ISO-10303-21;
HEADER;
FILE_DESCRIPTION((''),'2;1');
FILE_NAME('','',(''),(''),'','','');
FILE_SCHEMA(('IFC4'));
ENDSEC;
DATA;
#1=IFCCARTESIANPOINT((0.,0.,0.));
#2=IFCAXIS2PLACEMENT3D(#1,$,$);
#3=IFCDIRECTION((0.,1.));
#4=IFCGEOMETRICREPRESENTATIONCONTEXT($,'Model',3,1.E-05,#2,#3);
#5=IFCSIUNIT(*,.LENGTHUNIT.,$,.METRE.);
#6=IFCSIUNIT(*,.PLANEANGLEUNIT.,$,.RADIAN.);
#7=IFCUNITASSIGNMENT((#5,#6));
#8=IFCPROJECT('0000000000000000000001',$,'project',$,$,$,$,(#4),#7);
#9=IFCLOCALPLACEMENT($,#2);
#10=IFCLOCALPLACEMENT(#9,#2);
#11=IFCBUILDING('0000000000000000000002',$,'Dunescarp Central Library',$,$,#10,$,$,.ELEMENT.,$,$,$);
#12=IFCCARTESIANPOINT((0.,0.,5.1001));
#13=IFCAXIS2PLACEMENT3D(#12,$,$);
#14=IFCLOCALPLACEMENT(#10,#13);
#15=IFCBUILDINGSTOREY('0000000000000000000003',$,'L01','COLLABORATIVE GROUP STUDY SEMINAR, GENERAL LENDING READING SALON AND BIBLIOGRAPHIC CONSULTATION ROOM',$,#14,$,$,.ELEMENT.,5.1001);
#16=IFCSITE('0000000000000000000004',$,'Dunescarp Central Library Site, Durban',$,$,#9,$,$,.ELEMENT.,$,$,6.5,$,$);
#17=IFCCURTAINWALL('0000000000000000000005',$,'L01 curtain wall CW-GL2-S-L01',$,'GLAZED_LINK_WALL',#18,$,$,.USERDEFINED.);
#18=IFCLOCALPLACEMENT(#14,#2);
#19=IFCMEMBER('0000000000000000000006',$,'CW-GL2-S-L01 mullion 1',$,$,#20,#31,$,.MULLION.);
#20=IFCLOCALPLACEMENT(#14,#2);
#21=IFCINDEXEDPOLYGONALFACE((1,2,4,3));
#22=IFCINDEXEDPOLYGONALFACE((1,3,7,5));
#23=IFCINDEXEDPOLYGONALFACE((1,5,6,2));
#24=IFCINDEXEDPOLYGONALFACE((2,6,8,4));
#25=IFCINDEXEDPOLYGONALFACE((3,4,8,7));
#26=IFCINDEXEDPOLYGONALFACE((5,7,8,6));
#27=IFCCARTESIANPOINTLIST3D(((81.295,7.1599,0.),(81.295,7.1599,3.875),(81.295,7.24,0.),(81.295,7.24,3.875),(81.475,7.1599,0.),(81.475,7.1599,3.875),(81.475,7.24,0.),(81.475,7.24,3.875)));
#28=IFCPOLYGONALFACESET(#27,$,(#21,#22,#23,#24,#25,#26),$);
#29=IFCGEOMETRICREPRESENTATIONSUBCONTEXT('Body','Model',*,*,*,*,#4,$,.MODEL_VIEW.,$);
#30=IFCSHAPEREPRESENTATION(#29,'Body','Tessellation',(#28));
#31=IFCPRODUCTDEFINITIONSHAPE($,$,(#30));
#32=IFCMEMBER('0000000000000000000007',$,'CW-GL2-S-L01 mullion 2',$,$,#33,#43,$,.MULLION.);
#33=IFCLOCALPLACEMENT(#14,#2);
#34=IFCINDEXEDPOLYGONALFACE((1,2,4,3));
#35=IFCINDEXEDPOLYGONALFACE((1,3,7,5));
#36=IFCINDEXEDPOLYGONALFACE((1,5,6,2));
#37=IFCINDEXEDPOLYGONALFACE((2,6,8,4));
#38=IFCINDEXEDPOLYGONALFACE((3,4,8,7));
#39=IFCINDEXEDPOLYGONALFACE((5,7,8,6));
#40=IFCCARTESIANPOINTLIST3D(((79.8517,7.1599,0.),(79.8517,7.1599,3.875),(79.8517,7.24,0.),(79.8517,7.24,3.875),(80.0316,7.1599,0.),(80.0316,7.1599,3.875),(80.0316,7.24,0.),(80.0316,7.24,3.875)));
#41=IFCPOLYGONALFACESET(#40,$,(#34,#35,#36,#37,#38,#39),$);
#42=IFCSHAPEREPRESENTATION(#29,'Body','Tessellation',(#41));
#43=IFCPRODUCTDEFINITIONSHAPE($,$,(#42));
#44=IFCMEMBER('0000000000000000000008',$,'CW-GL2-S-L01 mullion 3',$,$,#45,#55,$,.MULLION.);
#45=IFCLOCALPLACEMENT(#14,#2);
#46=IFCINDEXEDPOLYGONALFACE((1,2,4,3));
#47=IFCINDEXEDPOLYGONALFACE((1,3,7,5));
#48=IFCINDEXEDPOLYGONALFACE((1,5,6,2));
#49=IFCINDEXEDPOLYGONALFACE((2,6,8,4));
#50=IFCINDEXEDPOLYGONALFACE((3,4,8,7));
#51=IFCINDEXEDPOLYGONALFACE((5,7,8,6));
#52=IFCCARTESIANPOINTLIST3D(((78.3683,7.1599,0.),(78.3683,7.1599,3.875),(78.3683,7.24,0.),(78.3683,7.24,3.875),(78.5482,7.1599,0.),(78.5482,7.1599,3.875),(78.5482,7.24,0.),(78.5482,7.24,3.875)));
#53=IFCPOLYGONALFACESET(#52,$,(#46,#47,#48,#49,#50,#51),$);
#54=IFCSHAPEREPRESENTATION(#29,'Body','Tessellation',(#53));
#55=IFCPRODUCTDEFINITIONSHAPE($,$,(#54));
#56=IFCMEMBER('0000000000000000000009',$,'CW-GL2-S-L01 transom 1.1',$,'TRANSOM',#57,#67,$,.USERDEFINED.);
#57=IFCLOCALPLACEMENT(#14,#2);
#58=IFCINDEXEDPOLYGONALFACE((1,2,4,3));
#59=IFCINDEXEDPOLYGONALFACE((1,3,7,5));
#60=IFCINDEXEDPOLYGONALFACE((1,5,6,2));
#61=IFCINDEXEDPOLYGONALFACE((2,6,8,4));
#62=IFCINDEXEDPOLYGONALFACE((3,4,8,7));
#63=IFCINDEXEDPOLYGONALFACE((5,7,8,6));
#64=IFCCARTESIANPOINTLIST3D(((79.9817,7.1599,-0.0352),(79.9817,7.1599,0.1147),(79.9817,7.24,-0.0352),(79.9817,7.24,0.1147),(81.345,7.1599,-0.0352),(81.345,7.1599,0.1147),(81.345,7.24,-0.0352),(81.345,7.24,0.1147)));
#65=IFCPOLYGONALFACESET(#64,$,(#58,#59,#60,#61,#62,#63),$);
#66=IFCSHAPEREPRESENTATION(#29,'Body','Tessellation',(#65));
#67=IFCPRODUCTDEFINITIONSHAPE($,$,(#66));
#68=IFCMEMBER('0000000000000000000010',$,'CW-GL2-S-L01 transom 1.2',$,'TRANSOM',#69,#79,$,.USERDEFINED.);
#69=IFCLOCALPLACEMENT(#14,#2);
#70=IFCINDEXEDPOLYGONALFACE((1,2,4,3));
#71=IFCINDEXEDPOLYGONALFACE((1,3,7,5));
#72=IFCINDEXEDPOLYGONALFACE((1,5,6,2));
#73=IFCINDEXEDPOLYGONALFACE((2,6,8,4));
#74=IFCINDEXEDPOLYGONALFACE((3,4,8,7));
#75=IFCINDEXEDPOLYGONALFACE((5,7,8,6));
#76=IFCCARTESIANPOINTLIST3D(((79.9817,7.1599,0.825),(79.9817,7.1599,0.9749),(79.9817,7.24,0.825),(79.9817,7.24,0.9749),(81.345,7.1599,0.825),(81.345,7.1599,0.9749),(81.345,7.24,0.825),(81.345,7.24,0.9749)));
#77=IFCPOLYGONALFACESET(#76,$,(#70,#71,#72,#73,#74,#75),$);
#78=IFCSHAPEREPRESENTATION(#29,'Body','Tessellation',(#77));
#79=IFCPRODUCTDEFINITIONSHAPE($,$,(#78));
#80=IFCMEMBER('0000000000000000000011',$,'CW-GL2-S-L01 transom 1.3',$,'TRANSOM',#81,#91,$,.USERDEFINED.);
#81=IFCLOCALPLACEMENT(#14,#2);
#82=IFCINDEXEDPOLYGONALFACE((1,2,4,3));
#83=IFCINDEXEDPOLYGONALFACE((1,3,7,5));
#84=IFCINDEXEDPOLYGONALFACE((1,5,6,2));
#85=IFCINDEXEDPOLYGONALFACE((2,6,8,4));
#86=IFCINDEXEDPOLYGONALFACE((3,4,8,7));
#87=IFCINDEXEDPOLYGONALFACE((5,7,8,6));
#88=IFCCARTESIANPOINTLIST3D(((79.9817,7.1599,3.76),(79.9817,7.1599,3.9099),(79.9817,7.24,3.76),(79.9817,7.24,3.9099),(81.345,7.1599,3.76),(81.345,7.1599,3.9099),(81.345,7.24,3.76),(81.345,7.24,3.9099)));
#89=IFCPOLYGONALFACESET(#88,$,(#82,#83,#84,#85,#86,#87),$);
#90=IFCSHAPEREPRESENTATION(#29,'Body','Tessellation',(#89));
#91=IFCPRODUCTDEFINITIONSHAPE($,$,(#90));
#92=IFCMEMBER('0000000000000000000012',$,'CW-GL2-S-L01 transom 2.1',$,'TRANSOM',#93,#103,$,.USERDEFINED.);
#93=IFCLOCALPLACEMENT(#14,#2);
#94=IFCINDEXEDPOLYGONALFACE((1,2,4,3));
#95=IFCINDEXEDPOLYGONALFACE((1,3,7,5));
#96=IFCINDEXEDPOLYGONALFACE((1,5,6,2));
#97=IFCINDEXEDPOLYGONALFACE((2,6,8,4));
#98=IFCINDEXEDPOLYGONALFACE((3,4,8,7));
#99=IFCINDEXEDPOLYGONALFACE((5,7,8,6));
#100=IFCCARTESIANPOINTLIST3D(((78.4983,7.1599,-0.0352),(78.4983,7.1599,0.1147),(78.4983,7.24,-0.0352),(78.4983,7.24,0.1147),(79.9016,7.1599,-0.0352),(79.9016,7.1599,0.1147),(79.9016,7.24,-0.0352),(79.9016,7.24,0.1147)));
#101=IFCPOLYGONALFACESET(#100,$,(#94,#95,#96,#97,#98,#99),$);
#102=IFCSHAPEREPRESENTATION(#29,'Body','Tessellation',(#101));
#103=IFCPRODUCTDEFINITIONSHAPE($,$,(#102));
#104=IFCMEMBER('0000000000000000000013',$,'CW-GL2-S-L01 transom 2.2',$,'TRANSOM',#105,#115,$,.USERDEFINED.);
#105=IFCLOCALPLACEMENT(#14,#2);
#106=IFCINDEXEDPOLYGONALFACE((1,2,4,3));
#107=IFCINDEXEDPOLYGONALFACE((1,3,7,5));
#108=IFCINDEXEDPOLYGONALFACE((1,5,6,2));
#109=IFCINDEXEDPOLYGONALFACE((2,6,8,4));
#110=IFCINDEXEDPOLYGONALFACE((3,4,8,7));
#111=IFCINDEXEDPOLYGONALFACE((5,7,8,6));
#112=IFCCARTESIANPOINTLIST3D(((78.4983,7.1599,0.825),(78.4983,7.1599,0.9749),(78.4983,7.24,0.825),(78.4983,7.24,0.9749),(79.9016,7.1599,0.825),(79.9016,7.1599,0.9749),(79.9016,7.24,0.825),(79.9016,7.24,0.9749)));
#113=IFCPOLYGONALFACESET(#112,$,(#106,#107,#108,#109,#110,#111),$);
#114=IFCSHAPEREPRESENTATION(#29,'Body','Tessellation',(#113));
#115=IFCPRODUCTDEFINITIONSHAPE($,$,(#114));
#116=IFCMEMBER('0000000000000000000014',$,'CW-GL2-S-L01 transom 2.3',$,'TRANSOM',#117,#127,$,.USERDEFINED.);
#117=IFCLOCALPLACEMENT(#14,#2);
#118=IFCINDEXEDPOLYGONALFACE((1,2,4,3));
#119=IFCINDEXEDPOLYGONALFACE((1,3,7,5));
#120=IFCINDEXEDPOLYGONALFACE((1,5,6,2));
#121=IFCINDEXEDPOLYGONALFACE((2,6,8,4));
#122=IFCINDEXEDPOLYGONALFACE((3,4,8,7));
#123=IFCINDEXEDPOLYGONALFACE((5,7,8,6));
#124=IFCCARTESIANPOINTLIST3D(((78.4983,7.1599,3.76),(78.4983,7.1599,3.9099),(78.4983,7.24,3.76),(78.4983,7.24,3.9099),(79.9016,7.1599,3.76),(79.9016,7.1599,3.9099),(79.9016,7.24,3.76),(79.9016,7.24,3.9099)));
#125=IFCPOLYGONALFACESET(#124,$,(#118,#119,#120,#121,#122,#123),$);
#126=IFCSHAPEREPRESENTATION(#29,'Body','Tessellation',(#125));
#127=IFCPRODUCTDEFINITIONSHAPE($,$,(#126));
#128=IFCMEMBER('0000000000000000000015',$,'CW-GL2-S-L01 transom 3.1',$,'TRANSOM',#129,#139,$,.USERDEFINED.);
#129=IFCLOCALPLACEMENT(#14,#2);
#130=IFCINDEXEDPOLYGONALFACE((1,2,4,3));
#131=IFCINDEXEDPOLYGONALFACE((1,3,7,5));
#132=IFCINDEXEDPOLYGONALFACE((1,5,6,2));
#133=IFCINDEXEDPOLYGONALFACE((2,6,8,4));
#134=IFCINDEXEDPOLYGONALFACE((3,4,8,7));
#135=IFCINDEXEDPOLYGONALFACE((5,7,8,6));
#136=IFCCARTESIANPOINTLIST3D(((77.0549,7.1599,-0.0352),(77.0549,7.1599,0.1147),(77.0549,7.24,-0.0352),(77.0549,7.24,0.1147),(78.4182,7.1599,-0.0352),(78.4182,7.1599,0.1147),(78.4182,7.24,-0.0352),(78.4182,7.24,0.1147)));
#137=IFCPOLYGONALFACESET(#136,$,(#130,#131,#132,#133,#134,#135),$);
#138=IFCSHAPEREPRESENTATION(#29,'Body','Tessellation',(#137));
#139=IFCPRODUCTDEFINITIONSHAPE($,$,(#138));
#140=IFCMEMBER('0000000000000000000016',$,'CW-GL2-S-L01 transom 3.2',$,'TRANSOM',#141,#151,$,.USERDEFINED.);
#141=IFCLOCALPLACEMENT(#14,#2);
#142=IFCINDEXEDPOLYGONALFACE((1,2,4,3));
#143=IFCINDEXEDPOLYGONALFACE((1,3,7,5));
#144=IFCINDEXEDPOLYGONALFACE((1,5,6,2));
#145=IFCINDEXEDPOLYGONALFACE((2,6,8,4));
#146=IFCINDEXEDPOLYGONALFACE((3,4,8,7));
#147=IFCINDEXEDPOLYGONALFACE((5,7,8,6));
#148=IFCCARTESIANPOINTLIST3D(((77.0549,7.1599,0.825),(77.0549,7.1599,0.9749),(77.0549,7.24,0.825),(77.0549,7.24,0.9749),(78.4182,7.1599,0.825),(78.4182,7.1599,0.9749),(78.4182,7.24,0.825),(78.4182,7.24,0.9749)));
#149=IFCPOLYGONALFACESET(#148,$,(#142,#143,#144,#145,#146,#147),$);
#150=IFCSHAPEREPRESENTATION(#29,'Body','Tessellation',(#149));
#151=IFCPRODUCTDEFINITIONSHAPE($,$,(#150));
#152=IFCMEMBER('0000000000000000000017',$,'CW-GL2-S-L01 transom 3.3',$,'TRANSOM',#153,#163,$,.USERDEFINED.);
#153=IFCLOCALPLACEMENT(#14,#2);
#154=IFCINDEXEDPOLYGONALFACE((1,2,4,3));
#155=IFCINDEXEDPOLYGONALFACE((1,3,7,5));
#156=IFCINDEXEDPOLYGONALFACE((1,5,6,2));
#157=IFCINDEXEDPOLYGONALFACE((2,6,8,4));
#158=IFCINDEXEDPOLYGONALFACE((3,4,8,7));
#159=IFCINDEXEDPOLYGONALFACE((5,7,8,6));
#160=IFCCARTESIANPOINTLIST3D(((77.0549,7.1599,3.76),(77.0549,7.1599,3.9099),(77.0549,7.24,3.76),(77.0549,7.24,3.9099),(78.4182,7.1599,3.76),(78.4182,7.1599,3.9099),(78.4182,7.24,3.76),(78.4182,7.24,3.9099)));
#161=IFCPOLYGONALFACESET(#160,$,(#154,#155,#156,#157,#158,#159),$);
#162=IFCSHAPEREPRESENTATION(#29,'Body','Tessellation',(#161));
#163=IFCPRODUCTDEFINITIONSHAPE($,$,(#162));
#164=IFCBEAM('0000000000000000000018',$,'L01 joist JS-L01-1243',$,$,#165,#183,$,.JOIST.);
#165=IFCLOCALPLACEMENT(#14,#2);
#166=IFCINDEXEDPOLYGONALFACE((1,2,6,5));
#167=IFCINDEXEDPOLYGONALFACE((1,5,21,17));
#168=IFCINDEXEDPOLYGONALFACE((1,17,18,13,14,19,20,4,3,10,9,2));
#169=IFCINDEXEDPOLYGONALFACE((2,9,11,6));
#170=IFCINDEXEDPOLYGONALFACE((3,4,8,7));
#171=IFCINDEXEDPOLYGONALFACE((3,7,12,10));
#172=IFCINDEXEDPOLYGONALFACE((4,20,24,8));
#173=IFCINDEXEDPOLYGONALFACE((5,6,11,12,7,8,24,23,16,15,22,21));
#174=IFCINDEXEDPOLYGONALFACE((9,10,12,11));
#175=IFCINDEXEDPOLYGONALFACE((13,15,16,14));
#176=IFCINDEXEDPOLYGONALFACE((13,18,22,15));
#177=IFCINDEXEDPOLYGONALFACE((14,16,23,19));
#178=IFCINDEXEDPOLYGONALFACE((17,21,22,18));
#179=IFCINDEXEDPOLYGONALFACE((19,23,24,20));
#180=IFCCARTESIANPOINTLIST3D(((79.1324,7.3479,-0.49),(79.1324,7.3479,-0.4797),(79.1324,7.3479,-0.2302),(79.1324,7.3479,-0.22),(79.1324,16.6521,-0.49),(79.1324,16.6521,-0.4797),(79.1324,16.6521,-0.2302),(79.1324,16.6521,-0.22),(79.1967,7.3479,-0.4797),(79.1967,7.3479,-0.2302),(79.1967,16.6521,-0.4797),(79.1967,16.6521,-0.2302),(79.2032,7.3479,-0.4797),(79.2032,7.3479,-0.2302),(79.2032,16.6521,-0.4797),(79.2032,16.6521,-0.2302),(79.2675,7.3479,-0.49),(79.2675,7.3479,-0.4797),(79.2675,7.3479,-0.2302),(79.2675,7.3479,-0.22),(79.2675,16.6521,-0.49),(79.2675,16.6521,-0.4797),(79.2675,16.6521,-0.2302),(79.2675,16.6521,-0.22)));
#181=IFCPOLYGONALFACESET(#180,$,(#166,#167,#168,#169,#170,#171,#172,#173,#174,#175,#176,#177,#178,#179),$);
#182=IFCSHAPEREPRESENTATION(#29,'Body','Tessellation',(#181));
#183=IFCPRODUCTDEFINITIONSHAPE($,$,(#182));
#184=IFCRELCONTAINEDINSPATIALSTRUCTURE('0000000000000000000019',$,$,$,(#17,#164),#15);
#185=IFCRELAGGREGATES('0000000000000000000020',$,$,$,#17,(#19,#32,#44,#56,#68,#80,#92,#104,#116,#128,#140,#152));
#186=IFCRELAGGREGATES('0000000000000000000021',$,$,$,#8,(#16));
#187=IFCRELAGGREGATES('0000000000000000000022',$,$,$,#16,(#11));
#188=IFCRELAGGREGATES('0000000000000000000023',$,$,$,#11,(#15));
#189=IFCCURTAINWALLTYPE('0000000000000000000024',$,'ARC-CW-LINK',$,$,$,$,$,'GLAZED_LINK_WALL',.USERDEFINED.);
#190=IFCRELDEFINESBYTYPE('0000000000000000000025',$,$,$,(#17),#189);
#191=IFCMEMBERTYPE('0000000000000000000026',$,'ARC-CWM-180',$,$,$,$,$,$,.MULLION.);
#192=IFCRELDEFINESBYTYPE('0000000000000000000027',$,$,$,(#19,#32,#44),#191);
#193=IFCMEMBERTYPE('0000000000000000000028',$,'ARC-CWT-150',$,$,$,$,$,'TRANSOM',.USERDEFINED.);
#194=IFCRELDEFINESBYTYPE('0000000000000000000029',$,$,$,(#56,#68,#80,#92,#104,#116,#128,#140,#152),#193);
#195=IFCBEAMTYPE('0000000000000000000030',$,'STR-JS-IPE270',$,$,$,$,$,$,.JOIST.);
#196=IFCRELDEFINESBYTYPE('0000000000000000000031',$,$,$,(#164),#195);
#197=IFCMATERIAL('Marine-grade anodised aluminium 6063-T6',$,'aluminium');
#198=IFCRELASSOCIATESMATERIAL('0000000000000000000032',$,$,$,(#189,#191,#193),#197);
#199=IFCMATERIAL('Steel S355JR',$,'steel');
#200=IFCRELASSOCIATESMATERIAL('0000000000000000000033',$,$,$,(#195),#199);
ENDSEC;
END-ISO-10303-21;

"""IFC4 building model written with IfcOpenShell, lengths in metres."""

from ifc_helpers import new_model, si_unit, direction, frame, origin, origin_2d, place, context, subcontext, project, spatial, rectangle, i_section, extrude, material, material_profile, profile_set, type_object, element, aggregate, save


model = new_model("IFC4")

# Units and contexts
model_context = context("Model", 3, precision=1e-05, world=origin(), true_north=direction((0.0, 1.0)))
body_context = subcontext(model_context, "Body", "Model", "MODEL_VIEW")
ifc_project = project(units=[si_unit("LENGTHUNIT", "METRE"), si_unit("PLANEANGLEUNIT", "RADIAN")], contexts=[model_context])

# Site, building, storey
site_placement = place(None, origin())
site = spatial("IfcSite", under=ifc_project, at=site_placement, Name="Dunescarp Central Library Site, Durban", CompositionType="ELEMENT", RefElevation=6.5)
building_placement = place(site_placement, origin())
building = spatial("IfcBuilding", under=site, at=building_placement, Name="Dunescarp Central Library", CompositionType="ELEMENT")
storey_placement = place(building_placement, frame((0.0, 0.0, 5.1001)))
storey = spatial("IfcBuildingStorey", under=building, at=storey_placement, Name="L01", Description="COLLABORATIVE GROUP STUDY SEMINAR, GENERAL LENDING READING SALON AND BIBLIOGRAPHIC CONSULTATION ROOM", CompositionType="ELEMENT", Elevation=5.1001)

# Curtain wall, members
ifc_material_1 = material(Name="Marine-grade anodised aluminium 6063-T6", Category="aluminium")
curtain_wall_type = type_object("IfcCurtainWallType", Name="ARC-CW-LINK", ElementType="GLAZED_LINK_WALL", PredefinedType="USERDEFINED", material=ifc_material_1)
curtain_wall_placement = place(storey_placement, origin())
curtain_wall = element("IfcCurtainWall", 1, at=curtain_wall_placement, inside=storey, type_object=curtain_wall_type, Name="L01 curtain wall CW-GL2-S-L01", ObjectType="GLAZED_LINK_WALL", PredefinedType="USERDEFINED")
ifc_material_profile_1 = material_profile(ifc_material_1, rectangle(XDim=0.0801, YDim=0.1799, at=origin_2d()), Name="AL 80x180")
ifc_profile_set_1 = profile_set([ifc_material_profile_1], Name="Marine-grade anodised aluminium 6063-T6")
member_type_1 = type_object("IfcMemberType", Name="ARC-CWM-180", PredefinedType="MULLION", material=ifc_profile_set_1)
member_1_placement = place(storey_placement, frame((81.385, 7.2, 0.0), z_axis=(0.0, 0.0, 1.0), x_axis=(0.0, -1.0, 0.0)))
member_1 = element("IfcMember", 2, at=member_1_placement, type_object=member_type_1, Name="CW-GL2-S-L01 mullion 1", PredefinedType="MULLION", context=body_context, shape_type="SweptSolid", body=[
    extrude(rectangle(XDim=0.0801, YDim=0.1799, at=origin_2d()), origin(), (0.0, 0.0, 1.0), 3.875),
])
member_2_placement = place(storey_placement, frame((79.9417, 7.2, 0.0), z_axis=(0.0, 0.0, 1.0), x_axis=(0.0, -1.0, 0.0)))
member_2 = element("IfcMember", 3, at=member_2_placement, type_object=member_type_1, Name="CW-GL2-S-L01 mullion 2", PredefinedType="MULLION", context=body_context, shape_type="SweptSolid", body=[
    extrude(rectangle(XDim=0.0801, YDim=0.1799, at=origin_2d()), origin(), (0.0, 0.0, 1.0), 3.875),
])
member_3_placement = place(storey_placement, frame((78.4583, 7.2, 0.0), z_axis=(0.0, 0.0, 1.0), x_axis=(0.0, -1.0, 0.0)))
member_3 = element("IfcMember", 4, at=member_3_placement, type_object=member_type_1, Name="CW-GL2-S-L01 mullion 3", PredefinedType="MULLION", context=body_context, shape_type="SweptSolid", body=[
    extrude(rectangle(XDim=0.0801, YDim=0.1799, at=origin_2d()), origin(), (0.0, 0.0, 1.0), 3.875),
])
ifc_material_profile_2 = material_profile(ifc_material_1, rectangle(XDim=0.0801, YDim=0.1499, at=origin_2d()), Name="AL 80x150")
ifc_profile_set_2 = profile_set([ifc_material_profile_2], Name="Marine-grade anodised aluminium 6063-T6")
member_type_2 = type_object("IfcMemberType", Name="ARC-CWT-150", ElementType="TRANSOM", PredefinedType="USERDEFINED", material=ifc_profile_set_2)
member_4_placement = place(storey_placement, frame((81.345, 7.2, 0.0398), z_axis=(-1.0, 0.0, 0.0), x_axis=(0.0, -1.0, 0.0)))
member_4 = element("IfcMember", 5, at=member_4_placement, type_object=member_type_2, Name="CW-GL2-S-L01 transom 1.1", ObjectType="TRANSOM", PredefinedType="USERDEFINED", context=body_context, shape_type="SweptSolid", body=[
    extrude(rectangle(XDim=0.0801, YDim=0.1499, at=origin_2d()), origin(), (0.0, 0.0, 1.0), 1.3633),
])
member_5_placement = place(storey_placement, frame((81.345, 7.2, 0.8999), z_axis=(-1.0, 0.0, 0.0), x_axis=(0.0, -1.0, 0.0)))
member_5 = element("IfcMember", 6, at=member_5_placement, type_object=member_type_2, Name="CW-GL2-S-L01 transom 1.2", ObjectType="TRANSOM", PredefinedType="USERDEFINED", context=body_context, shape_type="SweptSolid", body=[
    extrude(rectangle(XDim=0.0801, YDim=0.1499, at=origin_2d()), origin(), (0.0, 0.0, 1.0), 1.3633),
])
member_6_placement = place(storey_placement, frame((81.345, 7.2, 3.835), z_axis=(-1.0, 0.0, 0.0), x_axis=(0.0, -1.0, 0.0)))
member_6 = element("IfcMember", 7, at=member_6_placement, type_object=member_type_2, Name="CW-GL2-S-L01 transom 1.3", ObjectType="TRANSOM", PredefinedType="USERDEFINED", context=body_context, shape_type="SweptSolid", body=[
    extrude(rectangle(XDim=0.0801, YDim=0.1499, at=origin_2d()), origin(), (0.0, 0.0, 1.0), 1.3633),
])
member_7_placement = place(storey_placement, frame((79.9016, 7.2, 0.0398), z_axis=(-1.0, 0.0, 0.0), x_axis=(0.0, -1.0, 0.0)))
member_7 = element("IfcMember", 8, at=member_7_placement, type_object=member_type_2, Name="CW-GL2-S-L01 transom 2.1", ObjectType="TRANSOM", PredefinedType="USERDEFINED", context=body_context, shape_type="SweptSolid", body=[
    extrude(rectangle(XDim=0.0801, YDim=0.1499, at=origin_2d()), origin(), (0.0, 0.0, 1.0), 1.4033),
])
member_8_placement = place(storey_placement, frame((79.9016, 7.2, 0.8999), z_axis=(-1.0, 0.0, 0.0), x_axis=(0.0, -1.0, 0.0)))
member_8 = element("IfcMember", 9, at=member_8_placement, type_object=member_type_2, Name="CW-GL2-S-L01 transom 2.2", ObjectType="TRANSOM", PredefinedType="USERDEFINED", context=body_context, shape_type="SweptSolid", body=[
    extrude(rectangle(XDim=0.0801, YDim=0.1499, at=origin_2d()), origin(), (0.0, 0.0, 1.0), 1.4033),
])
member_9_placement = place(storey_placement, frame((79.9016, 7.2, 3.835), z_axis=(-1.0, 0.0, 0.0), x_axis=(0.0, -1.0, 0.0)))
member_9 = element("IfcMember", 10, at=member_9_placement, type_object=member_type_2, Name="CW-GL2-S-L01 transom 2.3", ObjectType="TRANSOM", PredefinedType="USERDEFINED", context=body_context, shape_type="SweptSolid", body=[
    extrude(rectangle(XDim=0.0801, YDim=0.1499, at=origin_2d()), origin(), (0.0, 0.0, 1.0), 1.4033),
])
member_10_placement = place(storey_placement, frame((78.4182, 7.2, 0.0398), z_axis=(-1.0, 0.0, 0.0), x_axis=(0.0, -1.0, 0.0)))
member_10 = element("IfcMember", 11, at=member_10_placement, type_object=member_type_2, Name="CW-GL2-S-L01 transom 3.1", ObjectType="TRANSOM", PredefinedType="USERDEFINED", context=body_context, shape_type="SweptSolid", body=[
    extrude(rectangle(XDim=0.0801, YDim=0.1499, at=origin_2d()), origin(), (0.0, 0.0, 1.0), 1.3633),
])
member_11_placement = place(storey_placement, frame((78.4182, 7.2, 0.8999), z_axis=(-1.0, 0.0, 0.0), x_axis=(0.0, -1.0, 0.0)))
member_11 = element("IfcMember", 12, at=member_11_placement, type_object=member_type_2, Name="CW-GL2-S-L01 transom 3.2", ObjectType="TRANSOM", PredefinedType="USERDEFINED", context=body_context, shape_type="SweptSolid", body=[
    extrude(rectangle(XDim=0.0801, YDim=0.1499, at=origin_2d()), origin(), (0.0, 0.0, 1.0), 1.3633),
])
member_12_placement = place(storey_placement, frame((78.4182, 7.2, 3.835), z_axis=(-1.0, 0.0, 0.0), x_axis=(0.0, -1.0, 0.0)))
member_12 = element("IfcMember", 13, at=member_12_placement, type_object=member_type_2, Name="CW-GL2-S-L01 transom 3.3", ObjectType="TRANSOM", PredefinedType="USERDEFINED", context=body_context, shape_type="SweptSolid", body=[
    extrude(rectangle(XDim=0.0801, YDim=0.1499, at=origin_2d()), origin(), (0.0, 0.0, 1.0), 1.3633),
])

# Beam
ifc_material_2 = material(Name="Steel S355JR", Category="steel")
ifc_material_profile_3 = material_profile(ifc_material_2, i_section(OverallWidth=0.135, OverallDepth=0.27, WebThickness=0.0066, FlangeThickness=0.0103, at=origin_2d()), Name="IPE 270")
ifc_profile_set_3 = profile_set([ifc_material_profile_3], Name="Steel S355JR")
beam_type = type_object("IfcBeamType", Name="STR-JS-IPE270", PredefinedType="JOIST", material=ifc_profile_set_3)
beam_placement = place(storey_placement, frame((79.2, 7.3479, -0.355), z_axis=(0.0, 1.0, 0.0), x_axis=(-1.0, 0.0, 0.0)))
element("IfcBeam", 14, at=beam_placement, inside=storey, type_object=beam_type, Name="L01 joist JS-L01-1243", PredefinedType="JOIST", context=body_context, shape_type="SweptSolid", body=[
    extrude(i_section(OverallWidth=0.135, OverallDepth=0.27, WebThickness=0.0066, FlangeThickness=0.0103, at=origin_2d()), origin(), (0.0, 0.0, 1.0), 9.3042),
])

aggregate(curtain_wall, [member_1, member_2, member_3, member_4, member_5, member_6, member_7, member_8, member_9, member_10, member_11, member_12])

save(model, "model.ifc")
